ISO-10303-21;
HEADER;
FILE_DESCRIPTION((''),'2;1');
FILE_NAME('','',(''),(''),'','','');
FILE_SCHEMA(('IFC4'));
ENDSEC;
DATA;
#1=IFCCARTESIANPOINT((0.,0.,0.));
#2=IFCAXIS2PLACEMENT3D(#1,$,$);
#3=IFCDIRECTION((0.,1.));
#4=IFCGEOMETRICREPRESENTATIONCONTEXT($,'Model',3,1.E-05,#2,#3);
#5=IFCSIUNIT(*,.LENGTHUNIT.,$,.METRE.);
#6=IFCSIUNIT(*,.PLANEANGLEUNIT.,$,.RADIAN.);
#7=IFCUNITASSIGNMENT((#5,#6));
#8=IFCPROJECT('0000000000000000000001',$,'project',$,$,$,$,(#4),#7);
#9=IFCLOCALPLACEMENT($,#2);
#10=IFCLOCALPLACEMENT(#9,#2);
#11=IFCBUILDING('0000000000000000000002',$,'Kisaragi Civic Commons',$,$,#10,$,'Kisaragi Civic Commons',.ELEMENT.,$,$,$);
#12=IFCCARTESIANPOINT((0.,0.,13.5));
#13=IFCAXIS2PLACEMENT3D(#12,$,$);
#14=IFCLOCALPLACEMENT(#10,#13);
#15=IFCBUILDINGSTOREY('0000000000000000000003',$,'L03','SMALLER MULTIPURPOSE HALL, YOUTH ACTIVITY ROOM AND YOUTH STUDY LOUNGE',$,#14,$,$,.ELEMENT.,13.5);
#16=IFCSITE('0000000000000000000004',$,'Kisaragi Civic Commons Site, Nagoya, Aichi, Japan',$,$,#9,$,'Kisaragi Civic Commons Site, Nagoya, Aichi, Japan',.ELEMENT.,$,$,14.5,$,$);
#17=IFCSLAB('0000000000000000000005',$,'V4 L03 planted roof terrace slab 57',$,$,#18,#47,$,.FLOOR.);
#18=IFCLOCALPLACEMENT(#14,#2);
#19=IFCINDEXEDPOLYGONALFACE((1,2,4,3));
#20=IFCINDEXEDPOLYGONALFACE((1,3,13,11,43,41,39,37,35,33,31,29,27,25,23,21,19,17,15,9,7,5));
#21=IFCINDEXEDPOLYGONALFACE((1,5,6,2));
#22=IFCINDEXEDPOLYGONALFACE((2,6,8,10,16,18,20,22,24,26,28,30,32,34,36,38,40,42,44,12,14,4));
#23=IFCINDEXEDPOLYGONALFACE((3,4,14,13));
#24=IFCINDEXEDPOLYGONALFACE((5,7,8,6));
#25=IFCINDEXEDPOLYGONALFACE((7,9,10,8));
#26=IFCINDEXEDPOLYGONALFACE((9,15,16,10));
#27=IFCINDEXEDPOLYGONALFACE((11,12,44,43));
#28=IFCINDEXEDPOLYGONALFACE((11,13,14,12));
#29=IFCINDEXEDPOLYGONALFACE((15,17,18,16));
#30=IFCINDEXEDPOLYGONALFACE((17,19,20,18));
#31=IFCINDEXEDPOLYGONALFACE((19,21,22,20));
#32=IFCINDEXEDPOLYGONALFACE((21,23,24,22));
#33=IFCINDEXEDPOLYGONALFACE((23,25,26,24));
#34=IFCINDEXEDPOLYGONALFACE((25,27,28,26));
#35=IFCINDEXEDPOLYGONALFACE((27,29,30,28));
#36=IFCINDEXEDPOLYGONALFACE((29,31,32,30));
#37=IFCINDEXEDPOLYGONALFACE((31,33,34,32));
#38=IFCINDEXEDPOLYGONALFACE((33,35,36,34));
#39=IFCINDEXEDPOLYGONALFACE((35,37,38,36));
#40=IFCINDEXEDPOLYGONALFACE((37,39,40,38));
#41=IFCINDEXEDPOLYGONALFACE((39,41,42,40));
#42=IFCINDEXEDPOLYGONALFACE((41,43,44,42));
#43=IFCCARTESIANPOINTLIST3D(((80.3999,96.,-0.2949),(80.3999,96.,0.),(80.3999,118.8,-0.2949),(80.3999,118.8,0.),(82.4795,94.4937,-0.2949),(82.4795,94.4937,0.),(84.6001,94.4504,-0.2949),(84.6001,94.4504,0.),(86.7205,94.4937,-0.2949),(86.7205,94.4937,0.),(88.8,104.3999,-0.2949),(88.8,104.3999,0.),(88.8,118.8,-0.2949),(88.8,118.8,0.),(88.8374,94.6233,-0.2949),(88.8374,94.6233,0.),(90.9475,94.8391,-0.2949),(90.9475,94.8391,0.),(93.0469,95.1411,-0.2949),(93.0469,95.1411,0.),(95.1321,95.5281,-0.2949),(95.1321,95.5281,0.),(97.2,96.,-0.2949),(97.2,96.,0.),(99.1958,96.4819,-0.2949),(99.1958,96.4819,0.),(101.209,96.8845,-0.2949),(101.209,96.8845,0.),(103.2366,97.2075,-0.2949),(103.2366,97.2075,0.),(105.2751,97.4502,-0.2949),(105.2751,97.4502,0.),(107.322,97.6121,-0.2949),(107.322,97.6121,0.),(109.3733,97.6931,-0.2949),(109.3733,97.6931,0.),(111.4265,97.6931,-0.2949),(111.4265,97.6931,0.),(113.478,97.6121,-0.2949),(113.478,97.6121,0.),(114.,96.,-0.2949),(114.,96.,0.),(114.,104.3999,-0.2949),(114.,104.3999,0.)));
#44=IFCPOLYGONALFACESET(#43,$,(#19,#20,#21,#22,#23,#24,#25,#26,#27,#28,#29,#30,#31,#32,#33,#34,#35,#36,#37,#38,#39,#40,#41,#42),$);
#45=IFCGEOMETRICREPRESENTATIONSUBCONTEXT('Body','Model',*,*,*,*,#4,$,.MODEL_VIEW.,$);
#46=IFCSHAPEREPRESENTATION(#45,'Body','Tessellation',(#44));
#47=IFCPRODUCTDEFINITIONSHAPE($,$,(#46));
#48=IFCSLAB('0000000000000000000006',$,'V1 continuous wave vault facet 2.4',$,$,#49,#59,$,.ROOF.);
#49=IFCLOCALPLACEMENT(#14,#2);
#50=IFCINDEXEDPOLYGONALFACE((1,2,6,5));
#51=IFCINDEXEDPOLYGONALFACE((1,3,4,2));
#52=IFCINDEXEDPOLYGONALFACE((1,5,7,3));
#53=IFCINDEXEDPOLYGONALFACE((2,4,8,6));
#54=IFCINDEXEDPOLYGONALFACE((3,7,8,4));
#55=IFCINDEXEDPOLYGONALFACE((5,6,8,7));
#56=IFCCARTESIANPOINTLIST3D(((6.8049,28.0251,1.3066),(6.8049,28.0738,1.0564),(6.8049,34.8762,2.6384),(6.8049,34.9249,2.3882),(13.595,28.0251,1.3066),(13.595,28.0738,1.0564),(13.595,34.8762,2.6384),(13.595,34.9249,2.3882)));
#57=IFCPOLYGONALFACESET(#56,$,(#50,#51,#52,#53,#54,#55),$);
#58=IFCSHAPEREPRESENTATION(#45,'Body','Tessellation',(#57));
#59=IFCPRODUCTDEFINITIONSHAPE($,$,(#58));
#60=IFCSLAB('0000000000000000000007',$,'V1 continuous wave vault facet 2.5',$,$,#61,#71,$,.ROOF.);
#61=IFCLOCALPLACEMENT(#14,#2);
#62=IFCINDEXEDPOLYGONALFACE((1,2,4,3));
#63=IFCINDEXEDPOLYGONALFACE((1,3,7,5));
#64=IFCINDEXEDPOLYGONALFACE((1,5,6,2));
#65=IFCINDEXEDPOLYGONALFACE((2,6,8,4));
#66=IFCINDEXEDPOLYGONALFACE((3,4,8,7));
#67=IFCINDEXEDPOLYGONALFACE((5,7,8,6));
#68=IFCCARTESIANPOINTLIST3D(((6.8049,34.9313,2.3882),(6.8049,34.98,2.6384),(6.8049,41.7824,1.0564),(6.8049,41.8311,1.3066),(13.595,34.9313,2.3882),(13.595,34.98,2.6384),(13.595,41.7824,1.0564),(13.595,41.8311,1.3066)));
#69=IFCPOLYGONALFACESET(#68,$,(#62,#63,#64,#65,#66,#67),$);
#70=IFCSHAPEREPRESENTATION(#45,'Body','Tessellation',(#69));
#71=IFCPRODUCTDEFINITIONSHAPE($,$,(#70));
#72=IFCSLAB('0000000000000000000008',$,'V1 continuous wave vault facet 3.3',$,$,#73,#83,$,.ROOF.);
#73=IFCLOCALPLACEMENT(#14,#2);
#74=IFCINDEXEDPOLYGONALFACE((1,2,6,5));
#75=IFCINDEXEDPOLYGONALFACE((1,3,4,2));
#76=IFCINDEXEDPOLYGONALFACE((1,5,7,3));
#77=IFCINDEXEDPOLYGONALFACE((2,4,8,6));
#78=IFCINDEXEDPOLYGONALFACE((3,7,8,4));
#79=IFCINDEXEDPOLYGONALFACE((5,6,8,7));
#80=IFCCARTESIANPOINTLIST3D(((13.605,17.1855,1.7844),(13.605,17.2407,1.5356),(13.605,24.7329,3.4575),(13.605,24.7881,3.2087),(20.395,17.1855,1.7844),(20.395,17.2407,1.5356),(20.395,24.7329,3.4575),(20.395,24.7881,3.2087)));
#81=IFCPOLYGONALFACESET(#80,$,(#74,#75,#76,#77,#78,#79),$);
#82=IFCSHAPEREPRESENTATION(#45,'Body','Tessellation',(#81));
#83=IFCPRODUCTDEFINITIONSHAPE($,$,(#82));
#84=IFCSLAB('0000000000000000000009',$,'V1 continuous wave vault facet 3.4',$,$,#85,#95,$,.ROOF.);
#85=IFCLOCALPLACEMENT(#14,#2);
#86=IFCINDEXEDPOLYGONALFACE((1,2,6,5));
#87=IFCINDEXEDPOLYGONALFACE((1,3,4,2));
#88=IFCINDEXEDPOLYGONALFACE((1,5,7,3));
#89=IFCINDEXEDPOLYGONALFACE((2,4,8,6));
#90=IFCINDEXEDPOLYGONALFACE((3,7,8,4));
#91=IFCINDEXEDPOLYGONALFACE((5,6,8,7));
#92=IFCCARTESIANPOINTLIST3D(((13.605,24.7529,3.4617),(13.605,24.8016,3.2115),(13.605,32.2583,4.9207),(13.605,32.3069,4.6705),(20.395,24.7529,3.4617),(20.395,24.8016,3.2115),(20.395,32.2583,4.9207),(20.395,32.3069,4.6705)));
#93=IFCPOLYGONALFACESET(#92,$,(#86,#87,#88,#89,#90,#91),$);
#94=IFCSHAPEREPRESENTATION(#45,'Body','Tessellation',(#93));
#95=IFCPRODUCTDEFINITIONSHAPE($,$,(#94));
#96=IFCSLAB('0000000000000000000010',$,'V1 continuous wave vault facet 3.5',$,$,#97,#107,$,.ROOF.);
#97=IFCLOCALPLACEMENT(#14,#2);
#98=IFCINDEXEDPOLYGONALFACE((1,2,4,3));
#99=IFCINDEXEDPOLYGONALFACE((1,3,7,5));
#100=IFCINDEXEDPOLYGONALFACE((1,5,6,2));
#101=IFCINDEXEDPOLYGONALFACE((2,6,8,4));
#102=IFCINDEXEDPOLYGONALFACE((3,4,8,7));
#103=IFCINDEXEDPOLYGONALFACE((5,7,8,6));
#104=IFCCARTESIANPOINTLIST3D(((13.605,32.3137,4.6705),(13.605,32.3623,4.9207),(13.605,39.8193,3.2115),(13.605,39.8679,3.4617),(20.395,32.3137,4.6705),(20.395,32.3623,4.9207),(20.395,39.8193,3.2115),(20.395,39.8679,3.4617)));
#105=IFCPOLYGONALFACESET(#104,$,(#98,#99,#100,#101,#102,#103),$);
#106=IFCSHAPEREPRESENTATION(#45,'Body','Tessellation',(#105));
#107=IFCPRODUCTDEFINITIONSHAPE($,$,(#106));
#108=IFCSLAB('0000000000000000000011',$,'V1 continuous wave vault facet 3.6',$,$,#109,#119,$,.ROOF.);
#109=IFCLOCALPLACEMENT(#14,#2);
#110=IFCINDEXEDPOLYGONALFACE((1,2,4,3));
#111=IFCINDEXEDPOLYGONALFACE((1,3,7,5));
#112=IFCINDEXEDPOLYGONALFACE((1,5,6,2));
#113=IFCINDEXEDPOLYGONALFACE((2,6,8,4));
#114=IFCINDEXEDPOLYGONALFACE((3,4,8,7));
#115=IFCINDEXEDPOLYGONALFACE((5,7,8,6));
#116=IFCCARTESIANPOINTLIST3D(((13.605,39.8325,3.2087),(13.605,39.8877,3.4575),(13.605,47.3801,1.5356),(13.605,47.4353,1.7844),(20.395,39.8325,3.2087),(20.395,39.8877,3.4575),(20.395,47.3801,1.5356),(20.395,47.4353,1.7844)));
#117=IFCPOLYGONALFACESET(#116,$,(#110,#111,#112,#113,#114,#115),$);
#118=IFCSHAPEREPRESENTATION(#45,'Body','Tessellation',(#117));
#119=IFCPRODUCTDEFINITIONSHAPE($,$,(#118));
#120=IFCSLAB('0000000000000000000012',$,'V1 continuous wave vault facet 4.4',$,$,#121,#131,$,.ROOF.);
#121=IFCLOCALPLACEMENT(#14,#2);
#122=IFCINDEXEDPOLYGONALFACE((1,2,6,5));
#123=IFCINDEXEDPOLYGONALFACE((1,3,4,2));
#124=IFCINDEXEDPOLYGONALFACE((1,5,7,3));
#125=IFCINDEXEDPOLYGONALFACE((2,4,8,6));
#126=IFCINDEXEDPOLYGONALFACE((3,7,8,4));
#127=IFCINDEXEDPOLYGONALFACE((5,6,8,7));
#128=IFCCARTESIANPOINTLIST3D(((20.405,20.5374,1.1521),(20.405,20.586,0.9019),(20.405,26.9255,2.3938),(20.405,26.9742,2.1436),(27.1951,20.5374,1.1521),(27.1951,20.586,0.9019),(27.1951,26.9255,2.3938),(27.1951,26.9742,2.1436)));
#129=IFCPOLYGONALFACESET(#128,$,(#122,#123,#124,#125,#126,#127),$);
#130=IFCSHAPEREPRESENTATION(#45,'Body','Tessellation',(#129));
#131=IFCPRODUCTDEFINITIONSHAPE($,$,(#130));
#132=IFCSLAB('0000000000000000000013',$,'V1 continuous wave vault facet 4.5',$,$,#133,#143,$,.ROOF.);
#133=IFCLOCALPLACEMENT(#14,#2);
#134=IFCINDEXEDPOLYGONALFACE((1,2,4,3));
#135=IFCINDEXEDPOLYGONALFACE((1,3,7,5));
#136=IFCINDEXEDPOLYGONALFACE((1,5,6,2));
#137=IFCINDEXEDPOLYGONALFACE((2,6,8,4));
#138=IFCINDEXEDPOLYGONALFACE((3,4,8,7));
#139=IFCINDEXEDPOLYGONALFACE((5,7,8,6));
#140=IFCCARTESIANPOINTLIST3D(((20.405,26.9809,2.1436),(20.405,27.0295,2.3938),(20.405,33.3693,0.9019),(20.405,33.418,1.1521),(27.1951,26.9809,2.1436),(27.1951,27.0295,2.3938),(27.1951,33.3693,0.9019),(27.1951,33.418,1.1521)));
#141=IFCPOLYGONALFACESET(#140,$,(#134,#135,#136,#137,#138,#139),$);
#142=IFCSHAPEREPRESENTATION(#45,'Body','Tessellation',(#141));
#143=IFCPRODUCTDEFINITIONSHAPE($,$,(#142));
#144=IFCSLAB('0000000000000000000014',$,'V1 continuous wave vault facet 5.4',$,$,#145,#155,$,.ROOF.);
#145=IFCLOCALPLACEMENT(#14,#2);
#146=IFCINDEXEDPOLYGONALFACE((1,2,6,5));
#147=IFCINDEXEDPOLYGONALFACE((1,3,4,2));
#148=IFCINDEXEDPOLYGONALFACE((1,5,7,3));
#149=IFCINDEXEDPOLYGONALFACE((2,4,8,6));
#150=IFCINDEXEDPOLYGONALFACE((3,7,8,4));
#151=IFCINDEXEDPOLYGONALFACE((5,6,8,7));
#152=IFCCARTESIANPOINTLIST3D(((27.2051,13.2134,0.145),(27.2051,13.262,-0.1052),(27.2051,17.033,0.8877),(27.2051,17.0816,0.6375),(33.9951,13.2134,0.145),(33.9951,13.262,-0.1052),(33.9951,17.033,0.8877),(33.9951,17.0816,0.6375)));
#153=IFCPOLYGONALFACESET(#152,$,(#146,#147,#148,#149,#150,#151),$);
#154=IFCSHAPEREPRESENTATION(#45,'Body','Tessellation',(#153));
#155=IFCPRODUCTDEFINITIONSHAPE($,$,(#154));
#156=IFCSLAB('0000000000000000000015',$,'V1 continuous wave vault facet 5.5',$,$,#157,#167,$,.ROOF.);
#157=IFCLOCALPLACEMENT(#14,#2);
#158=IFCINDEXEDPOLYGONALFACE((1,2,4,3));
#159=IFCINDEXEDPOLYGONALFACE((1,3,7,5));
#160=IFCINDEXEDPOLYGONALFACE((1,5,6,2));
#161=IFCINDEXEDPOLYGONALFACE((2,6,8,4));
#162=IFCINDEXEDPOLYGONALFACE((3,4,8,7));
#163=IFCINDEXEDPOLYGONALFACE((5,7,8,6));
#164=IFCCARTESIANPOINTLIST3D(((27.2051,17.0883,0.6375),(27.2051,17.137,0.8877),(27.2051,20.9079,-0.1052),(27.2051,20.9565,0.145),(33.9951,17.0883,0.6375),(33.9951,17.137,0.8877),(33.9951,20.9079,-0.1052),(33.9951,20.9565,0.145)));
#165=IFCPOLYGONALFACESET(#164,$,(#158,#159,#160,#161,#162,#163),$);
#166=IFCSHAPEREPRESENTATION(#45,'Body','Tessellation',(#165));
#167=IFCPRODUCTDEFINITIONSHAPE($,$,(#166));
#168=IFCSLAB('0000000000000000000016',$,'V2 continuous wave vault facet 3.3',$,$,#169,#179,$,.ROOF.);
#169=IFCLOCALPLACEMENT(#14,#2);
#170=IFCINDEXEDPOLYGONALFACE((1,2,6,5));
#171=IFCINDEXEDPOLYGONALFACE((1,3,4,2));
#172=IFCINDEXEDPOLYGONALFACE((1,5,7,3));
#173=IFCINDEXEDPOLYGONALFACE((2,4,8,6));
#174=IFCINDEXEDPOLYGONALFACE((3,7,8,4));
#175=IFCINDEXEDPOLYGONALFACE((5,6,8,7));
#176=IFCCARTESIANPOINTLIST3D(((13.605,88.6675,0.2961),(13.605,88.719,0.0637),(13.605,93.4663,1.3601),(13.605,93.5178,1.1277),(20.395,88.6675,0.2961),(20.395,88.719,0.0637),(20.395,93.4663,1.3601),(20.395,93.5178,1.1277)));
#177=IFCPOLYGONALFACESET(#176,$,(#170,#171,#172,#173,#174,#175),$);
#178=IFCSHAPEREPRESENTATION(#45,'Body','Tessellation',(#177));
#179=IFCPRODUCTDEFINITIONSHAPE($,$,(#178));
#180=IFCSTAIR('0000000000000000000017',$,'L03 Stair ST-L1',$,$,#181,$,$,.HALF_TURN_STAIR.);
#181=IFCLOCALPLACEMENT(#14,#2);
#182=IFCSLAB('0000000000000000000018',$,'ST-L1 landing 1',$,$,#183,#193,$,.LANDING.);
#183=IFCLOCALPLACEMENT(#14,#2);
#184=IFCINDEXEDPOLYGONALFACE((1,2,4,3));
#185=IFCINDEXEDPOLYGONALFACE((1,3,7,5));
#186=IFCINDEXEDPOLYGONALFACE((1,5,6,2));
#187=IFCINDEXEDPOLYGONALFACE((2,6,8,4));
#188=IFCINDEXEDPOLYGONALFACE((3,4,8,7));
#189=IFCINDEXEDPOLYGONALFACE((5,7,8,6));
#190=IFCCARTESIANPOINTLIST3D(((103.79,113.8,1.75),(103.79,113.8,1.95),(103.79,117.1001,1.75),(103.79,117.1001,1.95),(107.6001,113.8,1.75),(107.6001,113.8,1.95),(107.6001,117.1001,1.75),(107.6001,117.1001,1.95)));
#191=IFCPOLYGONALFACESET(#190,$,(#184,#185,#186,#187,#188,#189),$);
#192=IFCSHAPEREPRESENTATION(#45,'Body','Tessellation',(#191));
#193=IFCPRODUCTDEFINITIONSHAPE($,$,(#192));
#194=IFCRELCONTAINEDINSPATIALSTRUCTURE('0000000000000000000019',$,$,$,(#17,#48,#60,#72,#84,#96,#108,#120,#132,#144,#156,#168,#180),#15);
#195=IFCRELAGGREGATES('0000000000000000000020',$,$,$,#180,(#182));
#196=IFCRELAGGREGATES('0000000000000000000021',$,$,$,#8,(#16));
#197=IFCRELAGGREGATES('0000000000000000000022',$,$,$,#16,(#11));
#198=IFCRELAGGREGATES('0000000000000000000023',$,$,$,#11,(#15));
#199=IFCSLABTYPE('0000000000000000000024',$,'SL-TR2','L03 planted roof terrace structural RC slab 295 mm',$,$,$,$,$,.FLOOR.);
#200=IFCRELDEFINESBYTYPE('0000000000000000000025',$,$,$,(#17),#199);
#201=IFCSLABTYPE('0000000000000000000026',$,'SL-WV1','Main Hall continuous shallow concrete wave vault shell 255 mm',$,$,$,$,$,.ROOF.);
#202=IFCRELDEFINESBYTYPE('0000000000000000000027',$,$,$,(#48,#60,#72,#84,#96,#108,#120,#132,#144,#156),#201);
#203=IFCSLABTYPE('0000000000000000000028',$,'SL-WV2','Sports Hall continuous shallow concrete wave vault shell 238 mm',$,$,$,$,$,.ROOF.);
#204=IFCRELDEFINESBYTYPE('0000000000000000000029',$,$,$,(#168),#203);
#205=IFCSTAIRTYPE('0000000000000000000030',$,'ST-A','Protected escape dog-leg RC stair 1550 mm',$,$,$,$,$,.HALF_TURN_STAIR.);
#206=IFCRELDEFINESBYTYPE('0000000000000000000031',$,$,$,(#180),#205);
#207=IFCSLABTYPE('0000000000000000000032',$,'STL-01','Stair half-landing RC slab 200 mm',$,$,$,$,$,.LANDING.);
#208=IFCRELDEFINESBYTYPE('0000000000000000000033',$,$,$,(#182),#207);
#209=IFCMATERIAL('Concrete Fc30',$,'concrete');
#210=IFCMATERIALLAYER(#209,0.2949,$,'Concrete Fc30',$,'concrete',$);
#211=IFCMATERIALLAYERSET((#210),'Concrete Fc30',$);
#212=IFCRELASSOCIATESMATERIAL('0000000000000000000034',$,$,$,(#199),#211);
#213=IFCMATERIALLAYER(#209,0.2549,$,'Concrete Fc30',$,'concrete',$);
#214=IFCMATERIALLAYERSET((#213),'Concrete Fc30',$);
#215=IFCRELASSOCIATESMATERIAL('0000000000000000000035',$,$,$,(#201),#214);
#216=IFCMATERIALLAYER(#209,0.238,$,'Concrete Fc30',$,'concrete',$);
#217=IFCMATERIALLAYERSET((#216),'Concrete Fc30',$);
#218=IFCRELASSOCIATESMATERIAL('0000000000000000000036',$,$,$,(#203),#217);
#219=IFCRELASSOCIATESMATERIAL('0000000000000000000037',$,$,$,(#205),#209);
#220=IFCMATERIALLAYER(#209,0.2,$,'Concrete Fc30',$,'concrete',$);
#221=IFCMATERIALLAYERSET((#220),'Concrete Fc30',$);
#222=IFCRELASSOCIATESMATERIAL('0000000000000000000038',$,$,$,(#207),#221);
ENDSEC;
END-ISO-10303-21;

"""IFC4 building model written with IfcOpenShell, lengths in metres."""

from ifc_helpers import new_model, si_unit, direction, frame, origin, place, context, subcontext, project, spatial, polyline, outline, extrude, material, layer, layer_set, type_object, element, aggregate, save


model = new_model("IFC4")

# Units and contexts
model_context = context("Model", 3, precision=1e-05, world=origin(), true_north=direction((0.0, 1.0)))
body_context = subcontext(model_context, "Body", "Model", "MODEL_VIEW")
ifc_project = project(units=[si_unit("LENGTHUNIT", "METRE"), si_unit("PLANEANGLEUNIT", "RADIAN")], contexts=[model_context])

# Site, building, storey
site_placement = place(None, origin())
site = spatial("IfcSite", under=ifc_project, at=site_placement, Name="Kisaragi Civic Commons Site, Nagoya, Aichi, Japan", LongName="Kisaragi Civic Commons Site, Nagoya, Aichi, Japan", CompositionType="ELEMENT", RefElevation=14.5)
building_placement = place(site_placement, origin())
building = spatial("IfcBuilding", under=site, at=building_placement, Name="Kisaragi Civic Commons", LongName="Kisaragi Civic Commons", CompositionType="ELEMENT")
storey_placement = place(building_placement, frame((0.0, 0.0, 13.5)))
storey = spatial("IfcBuildingStorey", under=building, at=storey_placement, Name="L03", Description="SMALLER MULTIPURPOSE HALL, YOUTH ACTIVITY ROOM AND YOUTH STUDY LOUNGE", CompositionType="ELEMENT", Elevation=13.5)

# Shared definitions
ifc_material_1 = material(Name="Concrete Fc30", Category="concrete")

# Slabs
ifc_layer_1 = layer(ifc_material_1, 0.2949, Name="Concrete Fc30", Category="concrete")
ifc_layer_set_1 = layer_set([ifc_layer_1], Name="Concrete Fc30")
slab_type_1 = type_object("IfcSlabType", Name="SL-TR2", Description="L03 planted roof terrace structural RC slab 295 mm", PredefinedType="FLOOR", material=ifc_layer_set_1)
slab_1_placement = place(storey_placement, frame((0.0, 0.0, -0.2949)))
element("IfcSlab", 1, at=slab_1_placement, inside=storey, type_object=slab_type_1, Name="V4 L03 planted roof terrace slab 57", PredefinedType="FLOOR", context=body_context, shape_type="SweptSolid", body=[
    extrude(outline(polyline([(80.3999, 96.0), (82.4795, 94.4937), (84.6001, 94.4504), (86.7205, 94.4937), (88.8374, 94.6233), (90.9475, 94.8391), (93.0469, 95.1411), (95.1321, 95.5281), (97.2, 96.0), (99.1958, 96.4819), (101.209, 96.8845), (103.2366, 97.2075), (105.2751, 97.4502), (107.322, 97.6121), (109.3733, 97.6931), (111.4265, 97.6931), (113.478, 97.6121), (114.0, 96.0), (114.0, 104.3999), (88.8, 104.3999), (88.8, 118.8), (80.3999, 118.8), (80.3999, 96.0)])), origin(), (0.0, 0.0, 1.0), 0.2949),
])
ifc_layer_2 = layer(ifc_material_1, 0.2549, Name="Concrete Fc30", Category="concrete")
ifc_layer_set_2 = layer_set([ifc_layer_2], Name="Concrete Fc30")
slab_type_2 = type_object("IfcSlabType", Name="SL-WV1", Description="Main Hall continuous shallow concrete wave vault shell 255 mm", PredefinedType="ROOF", material=ifc_layer_set_2)
for number, where, z_axis, x_axis, name in (
    (2, (13.595, 34.8762, 2.6384), (0.0, -0.190819, 0.981625), (-1.0, 0.0, 0.0), "V1 continuous wave vault facet 2.4"),
    (3, (13.595, 41.8311, 1.3066), (0.0, 0.190819, 0.981625), (-1.0, 0.0, 0.0), "V1 continuous wave vault facet 2.5"),
):
    element("IfcSlab", number, at=place(storey_placement, frame(where, z_axis=z_axis, x_axis=x_axis)), inside=storey, type_object=slab_type_2, Name=name, PredefinedType="ROOF", context=body_context, shape_type="SweptSolid", body=[
        extrude(outline(polyline([(0.0, 0.0), (6.79, 0.0), (6.79, 6.9793), (0.0, 6.9793), (0.0, 0.0)])), origin(), (0.0, 0.0, -1.0), 0.2549),
    ])
slab_2_placement = place(storey_placement, frame((20.395, 24.7329, 3.4575), z_axis=(0.0, -0.216426, 0.976299), x_axis=(-1.0, 0.0, 0.0)))
element("IfcSlab", 4, at=slab_2_placement, inside=storey, type_object=slab_type_2, Name="V1 continuous wave vault facet 3.3", PredefinedType="ROOF", context=body_context, shape_type="SweptSolid", body=[
    extrude(outline(polyline([(0.0, 0.0), (6.79, 0.0), (6.79, 7.7306), (0.0, 7.7306), (0.0, 0.0)])), origin(), (0.0, 0.0, -1.0), 0.2549),
])
slab_3_placement = place(storey_placement, frame((20.395, 32.2583, 4.9207), z_axis=(0.0, -0.19082, 0.981625), x_axis=(-1.0, 0.0, 0.0)))
element("IfcSlab", 5, at=slab_3_placement, inside=storey, type_object=slab_type_2, Name="V1 continuous wave vault facet 3.4", PredefinedType="ROOF", context=body_context, shape_type="SweptSolid", body=[
    extrude(outline(polyline([(0.0, 0.0), (6.79, 0.0), (6.79, 7.6459), (0.0, 7.6459), (0.0, 0.0)])), origin(), (0.0, 0.0, -1.0), 0.2549),
])
slab_4_placement = place(storey_placement, frame((20.395, 39.8679, 3.4617), z_axis=(0.0, 0.190814, 0.981626), x_axis=(-1.0, 0.0, 0.0)))
element("IfcSlab", 6, at=slab_4_placement, inside=storey, type_object=slab_type_2, Name="V1 continuous wave vault facet 3.5", PredefinedType="ROOF", context=body_context, shape_type="SweptSolid", body=[
    extrude(outline(polyline([(0.0, 0.0), (6.79, 0.0), (6.79, 7.6461), (0.0, 7.6461), (0.0, 0.0)])), origin(), (0.0, 0.0, -1.0), 0.2549),
])
slab_5_placement = place(storey_placement, frame((20.395, 47.4353, 1.7844), z_axis=(0.0, 0.216419, 0.976301), x_axis=(-1.0, 0.0, 0.0)))
element("IfcSlab", 7, at=slab_5_placement, inside=storey, type_object=slab_type_2, Name="V1 continuous wave vault facet 3.6", PredefinedType="ROOF", context=body_context, shape_type="SweptSolid", body=[
    extrude(outline(polyline([(0.0, 0.0), (6.79, 0.0), (6.79, 7.7308), (0.0, 7.7308), (0.0, 0.0)])), origin(), (0.0, 0.0, -1.0), 0.2549),
])
slab_6_placement = place(storey_placement, frame((27.1951, 26.9255, 2.3938), z_axis=(0.0, -0.190803, 0.981628), x_axis=(-1.0, 0.0, 0.0)))
element("IfcSlab", 8, at=slab_6_placement, inside=storey, type_object=slab_type_2, Name="V1 continuous wave vault facet 4.4", PredefinedType="ROOF", context=body_context, shape_type="SweptSolid", body=[
    extrude(outline(polyline([(0.0, 0.0), (6.79, 0.0), (6.79, 6.5077), (0.0, 6.5077), (0.0, 0.0)])), origin(), (0.0, 0.0, -1.0), 0.2549),
])
slab_7_placement = place(storey_placement, frame((27.1951, 33.418, 1.1521), z_axis=(0.0, 0.190796, 0.98163), x_axis=(-1.0, 0.0, 0.0)))
element("IfcSlab", 9, at=slab_7_placement, inside=storey, type_object=slab_type_2, Name="V1 continuous wave vault facet 4.5", PredefinedType="ROOF", context=body_context, shape_type="SweptSolid", body=[
    extrude(outline(polyline([(0.0, 0.0), (6.79, 0.0), (6.79, 6.508), (0.0, 6.508), (0.0, 0.0)])), origin(), (0.0, 0.0, -1.0), 0.2549),
])
for number, where, z_axis, x_axis, name in (
    (10, (33.9951, 17.033, 0.8877), (0.0, -0.190865, 0.981616), (-1.0, 0.0, 0.0), "V1 continuous wave vault facet 5.4"),
    (11, (33.9951, 20.9565, 0.145), (0.0, 0.190865, 0.981616), (-1.0, 0.0, 0.0), "V1 continuous wave vault facet 5.5"),
):
    element("IfcSlab", number, at=place(storey_placement, frame(where, z_axis=z_axis, x_axis=x_axis)), inside=storey, type_object=slab_type_2, Name=name, PredefinedType="ROOF", context=body_context, shape_type="SweptSolid", body=[
        extrude(outline(polyline([(0.0, 0.0), (6.79, 0.0), (6.79, 3.8911), (0.0, 3.8911), (0.0, 0.0)])), origin(), (0.0, 0.0, -1.0), 0.2549),
    ])
ifc_layer_3 = layer(ifc_material_1, 0.238, Name="Concrete Fc30", Category="concrete")
ifc_layer_set_3 = layer_set([ifc_layer_3], Name="Concrete Fc30")
slab_type_3 = type_object("IfcSlabType", Name="SL-WV2", Description="Sports Hall continuous shallow concrete wave vault shell 238 mm", PredefinedType="ROOF", material=ifc_layer_set_3)
slab_8_placement = place(storey_placement, frame((20.395, 93.4663, 1.3601), z_axis=(0.0, -0.216457, 0.976292), x_axis=(-1.0, 0.0, 0.0)))
element("IfcSlab", 12, at=slab_8_placement, inside=storey, type_object=slab_type_3, Name="V2 continuous wave vault facet 3.3", PredefinedType="ROOF", context=body_context, shape_type="SweptSolid", body=[
    extrude(outline(polyline([(0.0, 0.0), (6.79, 0.0), (6.79, 4.9154), (0.0, 4.9154), (0.0, 0.0)])), origin(), (0.0, 0.0, -1.0), 0.238),
])

# Stair, slab
stair_type = type_object("IfcStairType", Name="ST-A", Description="Protected escape dog-leg RC stair 1550 mm", PredefinedType="HALF_TURN_STAIR", material=ifc_material_1)
stair_1_placement = place(storey_placement, origin())
stair_1 = element("IfcStair", 13, at=stair_1_placement, inside=storey, type_object=stair_type, Name="L03 Stair ST-L1", PredefinedType="HALF_TURN_STAIR")
ifc_layer_4 = layer(ifc_material_1, 0.2, Name="Concrete Fc30", Category="concrete")
ifc_layer_set_4 = layer_set([ifc_layer_4], Name="Concrete Fc30")
slab_type_4 = type_object("IfcSlabType", Name="STL-01", Description="Stair half-landing RC slab 200 mm", PredefinedType="LANDING", material=ifc_layer_set_4)
slab_9_placement = place(storey_placement, frame((0.0, 0.0, 1.75)))
slab_9 = element("IfcSlab", 14, at=slab_9_placement, type_object=slab_type_4, Name="ST-L1 landing 1", PredefinedType="LANDING", context=body_context, shape_type="SweptSolid", body=[
    extrude(outline(polyline([(103.79, 113.8), (107.6001, 113.8), (107.6001, 117.1001), (103.79, 117.1001), (103.79, 113.8)])), origin(), (0.0, 0.0, 1.0), 0.2),
])
aggregate(stair_1, [slab_9])

save(model, "model.ifc")
